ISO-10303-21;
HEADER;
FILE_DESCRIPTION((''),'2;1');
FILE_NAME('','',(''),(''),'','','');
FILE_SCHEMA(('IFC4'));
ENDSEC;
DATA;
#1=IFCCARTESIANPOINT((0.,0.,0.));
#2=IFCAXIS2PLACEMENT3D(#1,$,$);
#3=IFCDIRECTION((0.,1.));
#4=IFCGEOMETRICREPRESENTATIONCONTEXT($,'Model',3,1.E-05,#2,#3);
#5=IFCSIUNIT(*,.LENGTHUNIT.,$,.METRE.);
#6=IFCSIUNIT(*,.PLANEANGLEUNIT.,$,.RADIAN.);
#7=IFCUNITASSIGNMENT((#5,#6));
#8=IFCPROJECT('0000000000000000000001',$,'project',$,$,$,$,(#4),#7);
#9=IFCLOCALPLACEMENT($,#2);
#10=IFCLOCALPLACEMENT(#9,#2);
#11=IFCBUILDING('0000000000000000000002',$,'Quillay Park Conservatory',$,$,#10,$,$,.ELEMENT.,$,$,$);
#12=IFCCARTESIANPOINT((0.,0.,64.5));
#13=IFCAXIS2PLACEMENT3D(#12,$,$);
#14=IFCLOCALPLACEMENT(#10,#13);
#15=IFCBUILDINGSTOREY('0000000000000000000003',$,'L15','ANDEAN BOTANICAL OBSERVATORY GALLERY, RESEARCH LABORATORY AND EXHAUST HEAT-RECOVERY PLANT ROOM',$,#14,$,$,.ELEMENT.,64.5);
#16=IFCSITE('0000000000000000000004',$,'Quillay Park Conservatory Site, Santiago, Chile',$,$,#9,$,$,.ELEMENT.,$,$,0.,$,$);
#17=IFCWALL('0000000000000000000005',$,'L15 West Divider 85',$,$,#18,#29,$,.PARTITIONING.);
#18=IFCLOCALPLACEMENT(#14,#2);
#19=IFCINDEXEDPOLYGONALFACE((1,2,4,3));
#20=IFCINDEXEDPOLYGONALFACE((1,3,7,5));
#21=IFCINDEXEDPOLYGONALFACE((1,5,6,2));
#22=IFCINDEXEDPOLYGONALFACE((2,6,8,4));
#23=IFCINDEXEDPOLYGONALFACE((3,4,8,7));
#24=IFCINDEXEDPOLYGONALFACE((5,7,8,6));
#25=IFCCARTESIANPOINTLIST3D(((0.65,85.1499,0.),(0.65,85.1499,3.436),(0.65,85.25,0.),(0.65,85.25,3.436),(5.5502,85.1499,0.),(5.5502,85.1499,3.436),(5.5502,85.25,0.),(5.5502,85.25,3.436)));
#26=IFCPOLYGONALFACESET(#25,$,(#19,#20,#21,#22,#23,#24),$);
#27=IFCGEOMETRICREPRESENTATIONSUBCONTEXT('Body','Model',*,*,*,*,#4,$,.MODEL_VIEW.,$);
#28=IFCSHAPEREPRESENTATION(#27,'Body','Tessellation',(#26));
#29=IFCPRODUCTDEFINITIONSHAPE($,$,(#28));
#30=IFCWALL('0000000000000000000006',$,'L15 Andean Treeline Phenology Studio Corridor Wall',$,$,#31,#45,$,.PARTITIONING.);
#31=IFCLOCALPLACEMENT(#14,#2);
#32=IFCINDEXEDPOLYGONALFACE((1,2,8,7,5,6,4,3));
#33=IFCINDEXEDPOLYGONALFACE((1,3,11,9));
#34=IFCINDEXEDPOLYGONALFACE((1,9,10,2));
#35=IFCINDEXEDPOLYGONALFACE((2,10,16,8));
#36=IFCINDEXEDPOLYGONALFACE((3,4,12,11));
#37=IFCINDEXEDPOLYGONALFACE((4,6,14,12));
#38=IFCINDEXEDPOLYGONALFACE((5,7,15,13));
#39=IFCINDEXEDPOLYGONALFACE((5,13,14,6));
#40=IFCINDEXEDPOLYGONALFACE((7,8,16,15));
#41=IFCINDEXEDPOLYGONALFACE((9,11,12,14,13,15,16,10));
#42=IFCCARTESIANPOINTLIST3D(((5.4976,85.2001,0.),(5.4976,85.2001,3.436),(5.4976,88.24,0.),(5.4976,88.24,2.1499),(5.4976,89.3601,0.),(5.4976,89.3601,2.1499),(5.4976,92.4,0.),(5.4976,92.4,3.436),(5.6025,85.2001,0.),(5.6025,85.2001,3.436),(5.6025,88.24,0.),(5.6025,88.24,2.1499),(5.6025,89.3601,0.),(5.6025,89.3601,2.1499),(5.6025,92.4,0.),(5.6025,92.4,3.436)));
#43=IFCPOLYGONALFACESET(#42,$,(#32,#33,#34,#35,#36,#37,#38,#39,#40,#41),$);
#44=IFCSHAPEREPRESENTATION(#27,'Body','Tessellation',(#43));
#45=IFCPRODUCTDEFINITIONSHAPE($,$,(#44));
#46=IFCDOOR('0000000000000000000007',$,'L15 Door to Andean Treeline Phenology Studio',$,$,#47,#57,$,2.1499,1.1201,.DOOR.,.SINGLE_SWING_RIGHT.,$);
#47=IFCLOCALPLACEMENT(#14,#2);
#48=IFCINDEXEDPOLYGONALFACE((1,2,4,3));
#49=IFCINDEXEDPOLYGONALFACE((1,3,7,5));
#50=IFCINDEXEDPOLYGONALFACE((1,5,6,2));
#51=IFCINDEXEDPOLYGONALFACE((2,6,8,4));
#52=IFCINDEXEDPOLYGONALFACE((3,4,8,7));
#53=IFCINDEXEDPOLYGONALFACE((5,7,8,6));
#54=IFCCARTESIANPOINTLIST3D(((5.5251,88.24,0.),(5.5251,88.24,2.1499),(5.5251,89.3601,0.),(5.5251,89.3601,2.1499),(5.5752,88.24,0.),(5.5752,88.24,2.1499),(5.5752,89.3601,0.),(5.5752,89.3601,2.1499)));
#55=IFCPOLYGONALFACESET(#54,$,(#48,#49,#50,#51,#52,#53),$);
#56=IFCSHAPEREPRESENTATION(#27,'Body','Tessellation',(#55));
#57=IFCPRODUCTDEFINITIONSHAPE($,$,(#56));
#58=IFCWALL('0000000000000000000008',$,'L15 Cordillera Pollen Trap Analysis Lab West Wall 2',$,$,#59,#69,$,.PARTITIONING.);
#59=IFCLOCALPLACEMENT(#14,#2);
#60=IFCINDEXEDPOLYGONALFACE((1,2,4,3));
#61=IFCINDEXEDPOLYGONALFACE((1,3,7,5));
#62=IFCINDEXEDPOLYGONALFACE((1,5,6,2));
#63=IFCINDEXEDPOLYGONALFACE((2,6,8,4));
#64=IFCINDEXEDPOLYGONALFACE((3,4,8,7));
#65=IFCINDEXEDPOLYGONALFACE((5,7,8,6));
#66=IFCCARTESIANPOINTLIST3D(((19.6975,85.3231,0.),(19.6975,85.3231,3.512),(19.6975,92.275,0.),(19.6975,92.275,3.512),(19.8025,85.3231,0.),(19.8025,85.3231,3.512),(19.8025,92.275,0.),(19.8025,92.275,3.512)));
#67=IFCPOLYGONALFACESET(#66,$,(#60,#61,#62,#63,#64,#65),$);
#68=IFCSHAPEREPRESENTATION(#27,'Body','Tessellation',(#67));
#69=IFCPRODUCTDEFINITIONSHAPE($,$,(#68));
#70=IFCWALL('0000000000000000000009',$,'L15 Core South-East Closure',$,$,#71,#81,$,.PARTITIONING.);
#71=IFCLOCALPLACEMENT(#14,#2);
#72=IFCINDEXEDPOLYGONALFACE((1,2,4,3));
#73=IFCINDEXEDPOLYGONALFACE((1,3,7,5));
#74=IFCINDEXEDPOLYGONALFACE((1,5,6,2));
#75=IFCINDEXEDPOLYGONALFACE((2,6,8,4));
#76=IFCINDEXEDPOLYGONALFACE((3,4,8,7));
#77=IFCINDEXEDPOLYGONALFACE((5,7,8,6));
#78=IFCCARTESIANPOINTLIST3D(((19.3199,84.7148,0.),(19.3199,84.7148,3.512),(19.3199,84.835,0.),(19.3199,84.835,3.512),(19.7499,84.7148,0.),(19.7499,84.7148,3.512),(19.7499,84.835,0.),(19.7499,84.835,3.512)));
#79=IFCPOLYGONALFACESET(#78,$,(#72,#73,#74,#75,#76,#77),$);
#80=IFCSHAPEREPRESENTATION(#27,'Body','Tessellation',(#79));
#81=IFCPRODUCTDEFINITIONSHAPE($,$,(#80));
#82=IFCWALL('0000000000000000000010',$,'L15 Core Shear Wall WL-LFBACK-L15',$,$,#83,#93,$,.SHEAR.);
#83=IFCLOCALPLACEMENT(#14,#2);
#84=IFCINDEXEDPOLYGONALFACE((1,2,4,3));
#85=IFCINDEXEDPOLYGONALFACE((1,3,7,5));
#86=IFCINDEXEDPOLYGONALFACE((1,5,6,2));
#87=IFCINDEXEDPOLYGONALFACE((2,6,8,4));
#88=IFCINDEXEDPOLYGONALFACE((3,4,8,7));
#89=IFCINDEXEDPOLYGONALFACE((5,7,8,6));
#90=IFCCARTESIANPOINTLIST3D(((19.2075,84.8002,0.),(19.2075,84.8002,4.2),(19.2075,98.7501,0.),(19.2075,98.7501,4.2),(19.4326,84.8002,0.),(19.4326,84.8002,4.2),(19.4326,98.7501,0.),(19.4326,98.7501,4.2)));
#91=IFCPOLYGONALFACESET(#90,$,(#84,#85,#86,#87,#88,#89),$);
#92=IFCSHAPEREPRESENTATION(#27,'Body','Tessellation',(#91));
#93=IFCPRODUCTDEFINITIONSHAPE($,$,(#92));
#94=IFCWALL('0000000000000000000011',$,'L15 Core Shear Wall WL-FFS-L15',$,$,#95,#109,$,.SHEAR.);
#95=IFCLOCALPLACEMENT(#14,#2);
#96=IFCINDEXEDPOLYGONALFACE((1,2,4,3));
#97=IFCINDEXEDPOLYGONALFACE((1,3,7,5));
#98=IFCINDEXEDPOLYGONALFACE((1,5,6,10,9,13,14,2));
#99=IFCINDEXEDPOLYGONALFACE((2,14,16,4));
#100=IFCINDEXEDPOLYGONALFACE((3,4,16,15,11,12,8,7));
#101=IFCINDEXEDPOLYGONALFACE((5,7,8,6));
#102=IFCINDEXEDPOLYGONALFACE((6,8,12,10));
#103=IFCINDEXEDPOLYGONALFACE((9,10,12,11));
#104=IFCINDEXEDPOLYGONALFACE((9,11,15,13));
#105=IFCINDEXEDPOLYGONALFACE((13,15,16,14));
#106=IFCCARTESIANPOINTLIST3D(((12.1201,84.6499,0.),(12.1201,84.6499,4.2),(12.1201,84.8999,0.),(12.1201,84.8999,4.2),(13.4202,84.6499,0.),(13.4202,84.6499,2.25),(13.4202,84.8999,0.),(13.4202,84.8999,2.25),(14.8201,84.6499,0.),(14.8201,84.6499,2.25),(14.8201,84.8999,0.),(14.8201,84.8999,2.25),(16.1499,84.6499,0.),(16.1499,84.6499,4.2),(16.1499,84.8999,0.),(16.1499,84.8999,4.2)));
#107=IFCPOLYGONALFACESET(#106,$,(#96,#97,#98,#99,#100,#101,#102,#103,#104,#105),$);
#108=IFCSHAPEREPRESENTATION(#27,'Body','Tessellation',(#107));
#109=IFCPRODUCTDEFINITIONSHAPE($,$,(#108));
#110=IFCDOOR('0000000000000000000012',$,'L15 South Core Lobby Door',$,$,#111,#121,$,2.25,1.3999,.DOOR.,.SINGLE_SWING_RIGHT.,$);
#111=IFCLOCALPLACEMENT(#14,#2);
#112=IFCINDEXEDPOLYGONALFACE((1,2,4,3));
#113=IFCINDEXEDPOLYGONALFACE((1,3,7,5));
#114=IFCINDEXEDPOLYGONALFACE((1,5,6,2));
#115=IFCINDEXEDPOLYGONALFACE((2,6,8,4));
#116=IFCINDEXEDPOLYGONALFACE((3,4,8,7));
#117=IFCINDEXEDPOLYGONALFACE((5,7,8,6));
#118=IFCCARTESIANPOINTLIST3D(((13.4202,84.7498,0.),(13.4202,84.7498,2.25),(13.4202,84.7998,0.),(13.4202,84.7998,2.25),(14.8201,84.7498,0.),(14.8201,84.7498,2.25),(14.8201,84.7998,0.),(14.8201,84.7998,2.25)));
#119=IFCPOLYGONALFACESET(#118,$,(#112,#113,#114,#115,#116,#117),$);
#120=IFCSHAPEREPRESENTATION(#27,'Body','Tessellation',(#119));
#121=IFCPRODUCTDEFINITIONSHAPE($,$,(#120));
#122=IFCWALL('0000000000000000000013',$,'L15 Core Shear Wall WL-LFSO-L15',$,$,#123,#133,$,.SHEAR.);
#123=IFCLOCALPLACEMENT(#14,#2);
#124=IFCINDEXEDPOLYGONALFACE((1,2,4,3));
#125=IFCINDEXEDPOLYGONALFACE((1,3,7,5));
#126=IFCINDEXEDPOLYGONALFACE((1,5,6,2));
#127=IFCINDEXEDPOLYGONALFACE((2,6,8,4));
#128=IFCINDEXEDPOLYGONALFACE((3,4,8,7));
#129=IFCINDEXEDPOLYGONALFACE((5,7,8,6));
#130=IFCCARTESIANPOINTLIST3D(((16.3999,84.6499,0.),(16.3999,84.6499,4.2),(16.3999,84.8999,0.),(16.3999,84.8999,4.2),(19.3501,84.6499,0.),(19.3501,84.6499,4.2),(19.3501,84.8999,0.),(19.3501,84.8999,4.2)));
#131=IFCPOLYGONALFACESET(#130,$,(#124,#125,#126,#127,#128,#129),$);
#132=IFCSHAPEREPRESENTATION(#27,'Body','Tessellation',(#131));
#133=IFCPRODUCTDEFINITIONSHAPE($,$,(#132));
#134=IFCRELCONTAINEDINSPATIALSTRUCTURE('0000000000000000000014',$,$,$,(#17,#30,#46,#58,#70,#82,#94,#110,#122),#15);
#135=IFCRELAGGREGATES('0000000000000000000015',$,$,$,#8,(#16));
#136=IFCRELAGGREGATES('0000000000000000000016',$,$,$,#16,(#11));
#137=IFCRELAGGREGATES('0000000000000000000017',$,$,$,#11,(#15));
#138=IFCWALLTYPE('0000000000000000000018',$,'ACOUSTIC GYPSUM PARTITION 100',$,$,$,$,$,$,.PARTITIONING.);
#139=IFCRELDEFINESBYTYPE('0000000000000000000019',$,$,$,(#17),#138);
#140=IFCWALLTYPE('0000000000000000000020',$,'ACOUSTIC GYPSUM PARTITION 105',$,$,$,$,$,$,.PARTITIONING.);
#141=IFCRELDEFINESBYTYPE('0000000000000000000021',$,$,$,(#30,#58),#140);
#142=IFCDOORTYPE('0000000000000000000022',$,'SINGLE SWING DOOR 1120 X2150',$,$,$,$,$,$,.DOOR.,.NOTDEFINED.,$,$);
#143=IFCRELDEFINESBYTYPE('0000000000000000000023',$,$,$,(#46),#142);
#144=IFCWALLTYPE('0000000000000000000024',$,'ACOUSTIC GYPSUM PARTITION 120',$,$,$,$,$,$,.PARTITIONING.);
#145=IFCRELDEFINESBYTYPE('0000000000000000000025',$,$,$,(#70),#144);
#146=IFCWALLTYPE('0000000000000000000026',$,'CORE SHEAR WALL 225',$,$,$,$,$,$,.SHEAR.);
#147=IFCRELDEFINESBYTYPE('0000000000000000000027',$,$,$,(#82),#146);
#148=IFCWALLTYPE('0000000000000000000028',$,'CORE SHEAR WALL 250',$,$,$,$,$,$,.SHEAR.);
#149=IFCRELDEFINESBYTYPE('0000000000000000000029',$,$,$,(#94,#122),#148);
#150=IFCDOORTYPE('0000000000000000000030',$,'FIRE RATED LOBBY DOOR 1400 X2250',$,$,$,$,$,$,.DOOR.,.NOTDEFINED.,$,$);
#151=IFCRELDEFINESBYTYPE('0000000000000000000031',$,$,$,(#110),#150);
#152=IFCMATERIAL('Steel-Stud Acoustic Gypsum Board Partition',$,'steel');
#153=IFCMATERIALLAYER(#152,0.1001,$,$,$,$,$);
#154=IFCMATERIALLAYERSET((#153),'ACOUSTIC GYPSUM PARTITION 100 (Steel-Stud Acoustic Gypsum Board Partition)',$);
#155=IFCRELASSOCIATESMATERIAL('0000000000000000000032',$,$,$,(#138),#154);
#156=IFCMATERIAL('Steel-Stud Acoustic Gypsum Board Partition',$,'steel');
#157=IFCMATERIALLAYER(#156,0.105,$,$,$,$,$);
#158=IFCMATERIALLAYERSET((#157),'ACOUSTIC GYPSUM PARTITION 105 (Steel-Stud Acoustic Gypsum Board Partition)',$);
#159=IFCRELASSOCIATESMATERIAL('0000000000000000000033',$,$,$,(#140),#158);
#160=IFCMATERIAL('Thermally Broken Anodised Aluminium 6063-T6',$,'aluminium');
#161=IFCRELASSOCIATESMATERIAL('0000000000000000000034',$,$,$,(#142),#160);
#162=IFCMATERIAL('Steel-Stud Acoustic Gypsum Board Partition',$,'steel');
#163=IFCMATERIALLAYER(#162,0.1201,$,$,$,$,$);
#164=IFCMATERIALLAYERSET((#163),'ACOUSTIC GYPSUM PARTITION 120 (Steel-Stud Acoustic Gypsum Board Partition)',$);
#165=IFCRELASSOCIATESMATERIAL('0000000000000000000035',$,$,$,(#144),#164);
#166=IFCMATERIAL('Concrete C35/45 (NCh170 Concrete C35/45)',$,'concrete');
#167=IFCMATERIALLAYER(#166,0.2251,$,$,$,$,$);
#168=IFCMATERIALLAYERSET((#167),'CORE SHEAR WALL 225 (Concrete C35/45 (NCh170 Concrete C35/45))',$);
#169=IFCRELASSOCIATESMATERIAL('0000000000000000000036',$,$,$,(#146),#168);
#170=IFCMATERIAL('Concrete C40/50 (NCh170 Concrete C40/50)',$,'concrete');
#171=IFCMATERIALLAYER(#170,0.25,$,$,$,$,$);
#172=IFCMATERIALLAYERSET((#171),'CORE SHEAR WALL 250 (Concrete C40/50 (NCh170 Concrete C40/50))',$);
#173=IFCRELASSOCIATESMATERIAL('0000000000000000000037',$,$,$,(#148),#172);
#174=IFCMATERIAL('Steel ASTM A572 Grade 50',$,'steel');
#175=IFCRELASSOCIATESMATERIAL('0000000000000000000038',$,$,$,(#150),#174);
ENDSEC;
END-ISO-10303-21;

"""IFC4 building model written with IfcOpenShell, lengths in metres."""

from ifc_helpers import new_model, si_unit, direction, frame, frame_2d, origin, place, context, subcontext, project, spatial, rectangle, extrude, material, layer, layer_set, type_object, element, fill, save


model = new_model("IFC4")

# Units and contexts
model_context = context("Model", 3, precision=1e-05, world=origin(), true_north=direction((0.0, 1.0)))
body_context = subcontext(model_context, "Body", "Model", "MODEL_VIEW")
ifc_project = project(units=[si_unit("LENGTHUNIT", "METRE"), si_unit("PLANEANGLEUNIT", "RADIAN")], contexts=[model_context])

# Site, building, storey
site_placement = place(None, origin())
site = spatial("IfcSite", under=ifc_project, at=site_placement, Name="Quillay Park Conservatory Site, Santiago, Chile", CompositionType="ELEMENT", RefElevation=0.0)
building_placement = place(site_placement, origin())
building = spatial("IfcBuilding", under=site, at=building_placement, Name="Quillay Park Conservatory", CompositionType="ELEMENT")
storey_placement = place(building_placement, frame((0.0, 0.0, 64.5)))
storey = spatial("IfcBuildingStorey", under=building, at=storey_placement, Name="L15", Description="ANDEAN BOTANICAL OBSERVATORY GALLERY, RESEARCH LABORATORY AND EXHAUST HEAT-RECOVERY PLANT ROOM", CompositionType="ELEMENT", Elevation=64.5)

# Wall
ifc_material_1 = material(Name="Steel-Stud Acoustic Gypsum Board Partition", Category="steel")
ifc_layer_1 = layer(ifc_material_1, 0.1001)
ifc_layer_set_1 = layer_set([ifc_layer_1], Name="ACOUSTIC GYPSUM PARTITION 100 (Steel-Stud Acoustic Gypsum Board Partition)")
wall_type_1 = type_object("IfcWallType", Name="ACOUSTIC GYPSUM PARTITION 100", PredefinedType="PARTITIONING", material=ifc_layer_set_1)
wall_1_placement = place(storey_placement, frame((0.6499, 85.2, 0.0), z_axis=(0.0, 0.0, 1.0), x_axis=(1.0, 0.0, 0.0)))
element("IfcWall", 1, at=wall_1_placement, inside=storey, type_object=wall_type_1, Name="L15 West Divider 85", PredefinedType="PARTITIONING", context=body_context, shape_type="SweptSolid", body=[
    extrude(rectangle(XDim=4.9001, YDim=0.1001, at=frame_2d((2.4502, 0.0))), origin(), (0.0, 0.0, 1.0), 3.436),
])

# Wall, opening, door
ifc_material_2 = material(Name="Steel-Stud Acoustic Gypsum Board Partition", Category="steel")
ifc_layer_2 = layer(ifc_material_2, 0.105)
ifc_layer_set_2 = layer_set([ifc_layer_2], Name="ACOUSTIC GYPSUM PARTITION 105 (Steel-Stud Acoustic Gypsum Board Partition)")
wall_type_2 = type_object("IfcWallType", Name="ACOUSTIC GYPSUM PARTITION 105", PredefinedType="PARTITIONING", material=ifc_layer_set_2)
wall_2_placement = place(storey_placement, frame((5.55, 85.2, 0.0), z_axis=(0.0, 0.0, 1.0), x_axis=(0.0, 1.0, 0.0)))
wall_2 = element("IfcWall", 2, at=wall_2_placement, inside=storey, type_object=wall_type_2, Name="L15 Andean Treeline Phenology Studio Corridor Wall", PredefinedType="PARTITIONING", context=body_context, shape_type="SweptSolid", body=[
    extrude(rectangle(XDim=7.2, YDim=0.105, at=frame_2d((3.6001, 0.0))), origin(), (0.0, 0.0, 1.0), 3.436),
])
opening_1_placement = place(wall_2_placement, frame((3.04, 0.0, 0.0)))
opening_1 = element("IfcOpeningElement", 3, at=opening_1_placement, cuts=wall_2, PredefinedType="OPENING", context=body_context, shape_type="SweptSolid", body=[
    extrude(rectangle(XDim=1.1201, YDim=2.1499, at=frame_2d((0.5601, 1.075))), frame((0.0, 0.0525, 0.0), z_axis=(0.0, -1.0, 0.0), x_axis=(1.0, 0.0, 0.0)), (0.0, 0.0, 1.0), 0.105),
])
ifc_material_3 = material(Name="Thermally Broken Anodised Aluminium 6063-T6", Category="aluminium")
door_type_1 = type_object("IfcDoorType", Name="SINGLE SWING DOOR 1120 X2150", OperationType="NOTDEFINED", PredefinedType="DOOR", material=ifc_material_3)
door_1_placement = place(opening_1_placement, origin())
door_1 = element("IfcDoor", 4, at=door_1_placement, inside=storey, type_object=door_type_1, Name="L15 Door to Andean Treeline Phenology Studio", OperationType="SINGLE_SWING_RIGHT", OverallHeight=2.1499, OverallWidth=1.1201, PredefinedType="DOOR", context=body_context, shape_type="SweptSolid", body=[
    extrude(rectangle(XDim=1.1201, YDim=2.1499, at=frame_2d((0.5601, 1.075))), frame((0.0, 0.0249, 0.0), z_axis=(0.0, -1.0, 0.0), x_axis=(1.0, 0.0, 0.0)), (0.0, 0.0, 1.0), 0.05),
])
fill(opening_1, door_1)

# Walls
wall_3_placement = place(storey_placement, frame((19.75, 85.323, 0.0), z_axis=(0.0, 0.0, 1.0), x_axis=(0.0, 1.0, 0.0)))
element("IfcWall", 5, at=wall_3_placement, inside=storey, type_object=wall_type_2, Name="L15 Cordillera Pollen Trap Analysis Lab West Wall 2", PredefinedType="PARTITIONING", context=body_context, shape_type="SweptSolid", body=[
    extrude(rectangle(XDim=6.9519, YDim=0.105, at=frame_2d((3.4761, 0.0))), origin(), (0.0, 0.0, 1.0), 3.512),
])
ifc_material_4 = material(Name="Steel-Stud Acoustic Gypsum Board Partition", Category="steel")
ifc_layer_3 = layer(ifc_material_4, 0.1201)
ifc_layer_set_3 = layer_set([ifc_layer_3], Name="ACOUSTIC GYPSUM PARTITION 120 (Steel-Stud Acoustic Gypsum Board Partition)")
wall_type_3 = type_object("IfcWallType", Name="ACOUSTIC GYPSUM PARTITION 120", PredefinedType="PARTITIONING", material=ifc_layer_set_3)
wall_4_placement = place(storey_placement, frame((19.3201, 84.7749, 0.0), z_axis=(0.0, 0.0, 1.0), x_axis=(1.0, 0.0, 0.0)))
element("IfcWall", 6, at=wall_4_placement, inside=storey, type_object=wall_type_3, Name="L15 Core South-East Closure", PredefinedType="PARTITIONING", context=body_context, shape_type="SweptSolid", body=[
    extrude(rectangle(XDim=0.4299, YDim=0.1201, at=frame_2d((0.2148, 0.0))), origin(), (0.0, 0.0, 1.0), 3.512),
])
ifc_material_5 = material(Name="Concrete C35/45 (NCh170 Concrete C35/45)", Category="concrete")
ifc_layer_4 = layer(ifc_material_5, 0.2251)
ifc_layer_set_4 = layer_set([ifc_layer_4], Name="CORE SHEAR WALL 225 (Concrete C35/45 (NCh170 Concrete C35/45))")
wall_type_4 = type_object("IfcWallType", Name="CORE SHEAR WALL 225", PredefinedType="SHEAR", material=ifc_layer_set_4)
wall_5_placement = place(storey_placement, frame((19.3201, 84.8, 0.0), z_axis=(0.0, 0.0, 1.0), x_axis=(0.0, 1.0, 0.0)))
element("IfcWall", 7, at=wall_5_placement, inside=storey, type_object=wall_type_4, Name="L15 Core Shear Wall WL-LFBACK-L15", PredefinedType="SHEAR", context=body_context, shape_type="SweptSolid", body=[
    extrude(rectangle(XDim=13.95, YDim=0.2251, at=frame_2d((6.9751, 0.0))), origin(), (0.0, 0.0, 1.0), 4.2),
])

# Wall, opening, door
ifc_material_6 = material(Name="Concrete C40/50 (NCh170 Concrete C40/50)", Category="concrete")
ifc_layer_5 = layer(ifc_material_6, 0.25)
ifc_layer_set_5 = layer_set([ifc_layer_5], Name="CORE SHEAR WALL 250 (Concrete C40/50 (NCh170 Concrete C40/50))")
wall_type_5 = type_object("IfcWallType", Name="CORE SHEAR WALL 250", PredefinedType="SHEAR", material=ifc_layer_set_5)
wall_6_placement = place(storey_placement, frame((12.1201, 84.7749, 0.0), z_axis=(0.0, 0.0, 1.0), x_axis=(1.0, 0.0, 0.0)))
wall_6 = element("IfcWall", 8, at=wall_6_placement, inside=storey, type_object=wall_type_5, Name="L15 Core Shear Wall WL-FFS-L15", PredefinedType="SHEAR", context=body_context, shape_type="SweptSolid", body=[
    extrude(rectangle(XDim=4.0298, YDim=0.25, at=frame_2d((2.0149, 0.0))), origin(), (0.0, 0.0, 1.0), 4.2),
])
opening_2_placement = place(wall_6_placement, frame((1.3, 0.0, 0.0)))
opening_2 = element("IfcOpeningElement", 9, at=opening_2_placement, cuts=wall_6, PredefinedType="OPENING", context=body_context, shape_type="SweptSolid", body=[
    extrude(rectangle(XDim=1.3999, YDim=2.25, at=frame_2d((0.7, 1.125))), frame((0.0, 0.125, 0.0), z_axis=(0.0, -1.0, 0.0), x_axis=(1.0, 0.0, 0.0)), (0.0, 0.0, 1.0), 0.25),
])
ifc_material_7 = material(Name="Steel ASTM A572 Grade 50", Category="steel")
door_type_2 = type_object("IfcDoorType", Name="FIRE RATED LOBBY DOOR 1400 X2250", OperationType="NOTDEFINED", PredefinedType="DOOR", material=ifc_material_7)
door_2_placement = place(opening_2_placement, origin())
door_2 = element("IfcDoor", 10, at=door_2_placement, inside=storey, type_object=door_type_2, Name="L15 South Core Lobby Door", OperationType="SINGLE_SWING_RIGHT", OverallHeight=2.25, OverallWidth=1.3999, PredefinedType="DOOR", context=body_context, shape_type="SweptSolid", body=[
    extrude(rectangle(XDim=1.3999, YDim=2.25, at=frame_2d((0.7, 1.125))), frame((0.0, 0.0249, 0.0), z_axis=(0.0, -1.0, 0.0), x_axis=(1.0, 0.0, 0.0)), (0.0, 0.0, 1.0), 0.05),
])
fill(opening_2, door_2)

# Wall
wall_7_placement = place(storey_placement, frame((16.3999, 84.7749, 0.0), z_axis=(0.0, 0.0, 1.0), x_axis=(1.0, 0.0, 0.0)))
element("IfcWall", 11, at=wall_7_placement, inside=storey, type_object=wall_type_5, Name="L15 Core Shear Wall WL-LFSO-L15", PredefinedType="SHEAR", context=body_context, shape_type="SweptSolid", body=[
    extrude(rectangle(XDim=2.9502, YDim=0.25, at=frame_2d((1.4751, 0.0))), origin(), (0.0, 0.0, 1.0), 4.2),
])

save(model, "model.ifc")
